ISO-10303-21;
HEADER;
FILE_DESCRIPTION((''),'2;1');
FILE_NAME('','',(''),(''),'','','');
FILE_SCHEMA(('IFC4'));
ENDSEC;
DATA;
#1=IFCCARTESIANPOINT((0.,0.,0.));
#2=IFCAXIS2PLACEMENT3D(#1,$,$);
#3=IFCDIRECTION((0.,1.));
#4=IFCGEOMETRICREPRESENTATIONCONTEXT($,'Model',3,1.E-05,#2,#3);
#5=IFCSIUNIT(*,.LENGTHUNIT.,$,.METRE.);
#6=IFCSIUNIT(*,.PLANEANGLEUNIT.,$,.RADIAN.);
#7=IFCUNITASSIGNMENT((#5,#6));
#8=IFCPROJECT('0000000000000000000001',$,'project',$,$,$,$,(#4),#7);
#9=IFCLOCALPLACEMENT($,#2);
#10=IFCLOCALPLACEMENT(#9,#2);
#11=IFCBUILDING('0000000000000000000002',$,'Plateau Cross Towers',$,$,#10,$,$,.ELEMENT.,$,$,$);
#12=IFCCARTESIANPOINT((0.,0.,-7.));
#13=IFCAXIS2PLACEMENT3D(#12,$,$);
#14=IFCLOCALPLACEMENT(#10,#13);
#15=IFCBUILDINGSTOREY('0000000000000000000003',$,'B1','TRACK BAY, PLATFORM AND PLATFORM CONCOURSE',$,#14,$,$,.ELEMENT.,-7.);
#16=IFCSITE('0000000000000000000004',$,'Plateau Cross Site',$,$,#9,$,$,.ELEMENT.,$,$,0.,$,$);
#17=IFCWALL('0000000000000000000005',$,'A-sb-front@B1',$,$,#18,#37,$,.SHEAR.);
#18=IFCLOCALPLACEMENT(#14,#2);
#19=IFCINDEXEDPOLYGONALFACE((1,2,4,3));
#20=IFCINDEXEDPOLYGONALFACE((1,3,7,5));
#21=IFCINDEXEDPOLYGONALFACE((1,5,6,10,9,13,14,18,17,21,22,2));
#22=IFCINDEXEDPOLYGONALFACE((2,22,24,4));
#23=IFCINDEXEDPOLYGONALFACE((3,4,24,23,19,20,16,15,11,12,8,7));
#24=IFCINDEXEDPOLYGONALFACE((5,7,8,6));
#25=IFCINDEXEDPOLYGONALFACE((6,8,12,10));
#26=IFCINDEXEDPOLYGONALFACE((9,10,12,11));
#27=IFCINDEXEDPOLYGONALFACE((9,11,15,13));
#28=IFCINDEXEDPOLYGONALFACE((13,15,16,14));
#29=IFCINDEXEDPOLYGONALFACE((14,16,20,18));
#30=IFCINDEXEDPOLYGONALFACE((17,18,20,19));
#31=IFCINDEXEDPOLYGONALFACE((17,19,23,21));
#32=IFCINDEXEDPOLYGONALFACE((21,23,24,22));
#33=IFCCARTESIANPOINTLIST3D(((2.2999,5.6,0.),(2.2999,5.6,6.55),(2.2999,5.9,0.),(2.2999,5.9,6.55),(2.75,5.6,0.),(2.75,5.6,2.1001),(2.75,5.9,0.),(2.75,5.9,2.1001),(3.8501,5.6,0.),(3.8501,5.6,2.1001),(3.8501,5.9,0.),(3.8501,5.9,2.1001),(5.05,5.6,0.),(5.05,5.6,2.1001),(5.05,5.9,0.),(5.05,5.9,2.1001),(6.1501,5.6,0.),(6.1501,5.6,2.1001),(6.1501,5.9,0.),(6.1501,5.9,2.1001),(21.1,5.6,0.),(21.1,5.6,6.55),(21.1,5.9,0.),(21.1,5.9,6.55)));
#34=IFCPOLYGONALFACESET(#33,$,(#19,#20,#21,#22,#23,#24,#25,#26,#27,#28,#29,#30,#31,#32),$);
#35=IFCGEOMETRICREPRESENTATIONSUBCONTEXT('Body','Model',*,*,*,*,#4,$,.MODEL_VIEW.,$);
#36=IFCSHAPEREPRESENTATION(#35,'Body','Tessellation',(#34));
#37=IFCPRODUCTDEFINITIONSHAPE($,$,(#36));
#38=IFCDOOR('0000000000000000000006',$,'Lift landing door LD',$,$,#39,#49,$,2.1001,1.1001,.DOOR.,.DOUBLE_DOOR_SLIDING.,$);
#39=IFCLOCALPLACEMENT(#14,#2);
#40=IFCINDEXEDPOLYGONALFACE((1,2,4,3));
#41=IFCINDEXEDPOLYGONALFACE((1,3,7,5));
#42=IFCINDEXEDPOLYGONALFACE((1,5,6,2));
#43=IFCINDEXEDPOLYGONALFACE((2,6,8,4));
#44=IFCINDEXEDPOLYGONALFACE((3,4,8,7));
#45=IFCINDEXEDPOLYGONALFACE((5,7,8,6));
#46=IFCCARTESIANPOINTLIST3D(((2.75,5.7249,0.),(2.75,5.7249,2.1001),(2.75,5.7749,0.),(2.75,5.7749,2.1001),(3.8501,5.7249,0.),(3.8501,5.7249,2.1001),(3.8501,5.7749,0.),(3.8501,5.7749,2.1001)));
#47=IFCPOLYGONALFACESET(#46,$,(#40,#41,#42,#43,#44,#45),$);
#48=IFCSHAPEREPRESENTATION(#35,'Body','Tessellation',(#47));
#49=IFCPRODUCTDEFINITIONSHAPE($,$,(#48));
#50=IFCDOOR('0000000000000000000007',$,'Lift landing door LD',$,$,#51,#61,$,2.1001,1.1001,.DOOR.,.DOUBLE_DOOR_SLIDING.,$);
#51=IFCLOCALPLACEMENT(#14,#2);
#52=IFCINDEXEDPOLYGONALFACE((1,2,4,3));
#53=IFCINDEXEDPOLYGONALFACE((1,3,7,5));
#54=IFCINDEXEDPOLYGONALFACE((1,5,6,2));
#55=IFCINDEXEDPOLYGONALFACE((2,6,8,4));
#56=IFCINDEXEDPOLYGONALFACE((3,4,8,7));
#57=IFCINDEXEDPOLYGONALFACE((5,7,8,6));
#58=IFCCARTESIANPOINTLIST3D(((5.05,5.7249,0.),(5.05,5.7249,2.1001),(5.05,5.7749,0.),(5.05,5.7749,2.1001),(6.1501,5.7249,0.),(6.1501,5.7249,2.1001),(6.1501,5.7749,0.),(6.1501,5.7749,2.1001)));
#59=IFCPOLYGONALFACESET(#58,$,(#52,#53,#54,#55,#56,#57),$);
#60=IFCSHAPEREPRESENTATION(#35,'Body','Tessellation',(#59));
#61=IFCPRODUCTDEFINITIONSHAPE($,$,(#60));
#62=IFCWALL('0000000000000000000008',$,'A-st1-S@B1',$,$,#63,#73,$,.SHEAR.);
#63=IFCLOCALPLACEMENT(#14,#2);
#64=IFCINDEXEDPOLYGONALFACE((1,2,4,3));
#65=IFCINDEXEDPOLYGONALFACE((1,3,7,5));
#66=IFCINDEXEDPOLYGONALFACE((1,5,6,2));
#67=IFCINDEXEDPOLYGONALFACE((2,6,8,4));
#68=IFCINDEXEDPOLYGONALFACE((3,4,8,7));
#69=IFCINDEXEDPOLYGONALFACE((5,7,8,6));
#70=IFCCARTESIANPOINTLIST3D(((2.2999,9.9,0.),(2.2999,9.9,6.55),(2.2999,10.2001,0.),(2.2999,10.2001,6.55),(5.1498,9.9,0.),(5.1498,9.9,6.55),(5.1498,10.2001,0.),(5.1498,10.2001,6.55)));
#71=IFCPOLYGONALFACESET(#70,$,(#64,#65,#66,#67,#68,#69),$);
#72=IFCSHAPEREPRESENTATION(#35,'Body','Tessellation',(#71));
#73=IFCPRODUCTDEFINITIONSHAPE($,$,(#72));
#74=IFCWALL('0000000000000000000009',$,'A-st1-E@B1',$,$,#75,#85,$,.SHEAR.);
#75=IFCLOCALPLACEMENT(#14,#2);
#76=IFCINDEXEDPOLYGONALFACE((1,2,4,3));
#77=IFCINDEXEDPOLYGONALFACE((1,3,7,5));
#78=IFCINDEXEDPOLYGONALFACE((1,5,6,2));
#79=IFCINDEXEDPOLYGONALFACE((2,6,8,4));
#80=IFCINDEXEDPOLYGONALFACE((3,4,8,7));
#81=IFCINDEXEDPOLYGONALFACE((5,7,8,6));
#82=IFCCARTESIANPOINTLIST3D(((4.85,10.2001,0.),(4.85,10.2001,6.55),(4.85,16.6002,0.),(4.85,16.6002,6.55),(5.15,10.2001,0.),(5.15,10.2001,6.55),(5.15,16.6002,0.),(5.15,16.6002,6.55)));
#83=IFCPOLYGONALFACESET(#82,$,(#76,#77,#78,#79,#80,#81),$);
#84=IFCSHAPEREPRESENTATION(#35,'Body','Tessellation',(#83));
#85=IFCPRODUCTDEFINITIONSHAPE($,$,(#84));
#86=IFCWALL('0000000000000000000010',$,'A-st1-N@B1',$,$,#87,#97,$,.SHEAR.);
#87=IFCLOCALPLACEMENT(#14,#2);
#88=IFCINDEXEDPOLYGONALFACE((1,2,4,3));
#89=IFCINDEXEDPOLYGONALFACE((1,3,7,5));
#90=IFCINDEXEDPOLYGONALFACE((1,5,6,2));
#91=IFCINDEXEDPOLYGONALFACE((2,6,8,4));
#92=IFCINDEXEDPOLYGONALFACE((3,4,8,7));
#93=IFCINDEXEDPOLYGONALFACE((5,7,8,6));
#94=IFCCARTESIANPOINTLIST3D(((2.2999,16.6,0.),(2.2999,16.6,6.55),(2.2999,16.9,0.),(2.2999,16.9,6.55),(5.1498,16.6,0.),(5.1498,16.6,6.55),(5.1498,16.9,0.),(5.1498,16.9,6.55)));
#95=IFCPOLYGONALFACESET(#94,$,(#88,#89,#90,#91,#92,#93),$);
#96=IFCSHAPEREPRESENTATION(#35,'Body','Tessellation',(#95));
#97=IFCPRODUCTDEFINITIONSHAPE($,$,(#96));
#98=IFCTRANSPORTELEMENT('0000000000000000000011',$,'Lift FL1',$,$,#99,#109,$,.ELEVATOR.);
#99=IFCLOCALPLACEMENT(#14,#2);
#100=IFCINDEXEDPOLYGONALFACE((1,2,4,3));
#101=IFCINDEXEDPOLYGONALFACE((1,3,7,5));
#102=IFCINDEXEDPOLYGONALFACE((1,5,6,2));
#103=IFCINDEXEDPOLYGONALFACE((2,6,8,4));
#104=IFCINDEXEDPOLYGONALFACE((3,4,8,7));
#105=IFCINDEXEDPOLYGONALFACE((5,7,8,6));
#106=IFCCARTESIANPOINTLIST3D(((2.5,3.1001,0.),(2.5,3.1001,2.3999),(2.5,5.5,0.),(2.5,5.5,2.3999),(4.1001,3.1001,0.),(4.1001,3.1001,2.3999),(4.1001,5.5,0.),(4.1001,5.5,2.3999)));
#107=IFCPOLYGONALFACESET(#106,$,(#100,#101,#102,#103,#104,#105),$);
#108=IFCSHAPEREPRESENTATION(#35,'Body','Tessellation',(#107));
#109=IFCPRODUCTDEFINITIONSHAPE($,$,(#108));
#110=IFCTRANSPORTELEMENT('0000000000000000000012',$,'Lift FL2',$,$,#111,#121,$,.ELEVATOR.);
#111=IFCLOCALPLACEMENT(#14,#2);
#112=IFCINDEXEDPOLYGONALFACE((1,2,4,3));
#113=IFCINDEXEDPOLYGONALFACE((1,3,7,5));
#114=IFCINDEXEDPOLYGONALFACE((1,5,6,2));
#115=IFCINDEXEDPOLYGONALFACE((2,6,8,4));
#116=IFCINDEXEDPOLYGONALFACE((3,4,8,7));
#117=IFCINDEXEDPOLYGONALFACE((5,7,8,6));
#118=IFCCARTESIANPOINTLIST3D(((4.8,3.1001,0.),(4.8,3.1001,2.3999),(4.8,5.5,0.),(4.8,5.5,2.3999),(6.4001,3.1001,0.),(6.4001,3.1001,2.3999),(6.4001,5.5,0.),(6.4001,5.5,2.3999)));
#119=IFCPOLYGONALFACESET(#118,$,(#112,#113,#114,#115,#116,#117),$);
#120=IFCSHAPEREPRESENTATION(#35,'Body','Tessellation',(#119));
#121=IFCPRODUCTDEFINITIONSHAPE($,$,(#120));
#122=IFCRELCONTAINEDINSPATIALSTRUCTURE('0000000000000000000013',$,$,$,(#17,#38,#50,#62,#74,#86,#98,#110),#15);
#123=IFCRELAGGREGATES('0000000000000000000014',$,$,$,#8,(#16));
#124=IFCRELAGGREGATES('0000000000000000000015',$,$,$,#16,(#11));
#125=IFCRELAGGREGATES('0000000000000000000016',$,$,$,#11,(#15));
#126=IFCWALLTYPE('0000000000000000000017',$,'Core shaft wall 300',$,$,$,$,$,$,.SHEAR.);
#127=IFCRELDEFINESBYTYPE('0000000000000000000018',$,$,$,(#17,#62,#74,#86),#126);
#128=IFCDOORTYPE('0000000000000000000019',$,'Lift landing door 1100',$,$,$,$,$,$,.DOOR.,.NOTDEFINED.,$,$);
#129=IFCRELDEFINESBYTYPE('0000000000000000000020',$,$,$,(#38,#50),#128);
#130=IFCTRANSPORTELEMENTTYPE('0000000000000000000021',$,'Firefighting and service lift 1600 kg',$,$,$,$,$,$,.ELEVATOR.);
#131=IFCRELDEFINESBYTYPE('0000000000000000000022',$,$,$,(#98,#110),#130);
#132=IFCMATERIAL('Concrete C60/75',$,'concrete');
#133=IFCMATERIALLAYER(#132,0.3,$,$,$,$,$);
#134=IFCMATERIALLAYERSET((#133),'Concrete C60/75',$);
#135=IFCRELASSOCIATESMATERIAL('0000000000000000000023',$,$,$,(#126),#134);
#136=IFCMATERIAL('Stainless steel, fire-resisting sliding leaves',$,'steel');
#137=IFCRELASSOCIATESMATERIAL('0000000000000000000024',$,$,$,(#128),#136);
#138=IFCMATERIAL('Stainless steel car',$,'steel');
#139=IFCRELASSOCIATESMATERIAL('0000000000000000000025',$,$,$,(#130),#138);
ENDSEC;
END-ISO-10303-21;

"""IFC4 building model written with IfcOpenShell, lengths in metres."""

from ifc_helpers import new_model, si_unit, direction, frame, frame_2d, origin, origin_2d, place, context, subcontext, project, spatial, rectangle, extrude, material, layer, layer_set, type_object, element, fill, save


model = new_model("IFC4")

# Units and contexts
model_context = context("Model", 3, precision=1e-05, world=origin(), true_north=direction((0.0, 1.0)))
body_context = subcontext(model_context, "Body", "Model", "MODEL_VIEW")
ifc_project = project(units=[si_unit("LENGTHUNIT", "METRE"), si_unit("PLANEANGLEUNIT", "RADIAN")], contexts=[model_context])

# Site, building, storey
site_placement = place(None, origin())
site = spatial("IfcSite", under=ifc_project, at=site_placement, Name="Plateau Cross Site", CompositionType="ELEMENT", RefElevation=0.0)
building_placement = place(site_placement, origin())
building = spatial("IfcBuilding", under=site, at=building_placement, Name="Plateau Cross Towers", CompositionType="ELEMENT")
storey_placement = place(building_placement, frame((0.0, 0.0, -7.0)))
storey = spatial("IfcBuildingStorey", under=building, at=storey_placement, Name="B1", Description="TRACK BAY, PLATFORM AND PLATFORM CONCOURSE", CompositionType="ELEMENT", Elevation=-7.0)

# Wall, openings, doors
ifc_material_1 = material(Name="Concrete C60/75", Category="concrete")
ifc_layer_1 = layer(ifc_material_1, 0.3)
ifc_layer_set_1 = layer_set([ifc_layer_1], Name="Concrete C60/75")
wall_type_1 = type_object("IfcWallType", Name="Core shaft wall 300", PredefinedType="SHEAR", material=ifc_layer_set_1)
wall_1_placement = place(storey_placement, frame((2.3, 5.75, 0.0), z_axis=(0.0, 0.0, 1.0), x_axis=(1.0, 0.0, 0.0)))
wall_1 = element("IfcWall", 1, at=wall_1_placement, inside=storey, type_object=wall_type_1, Name="A-sb-front@B1", PredefinedType="SHEAR", context=body_context, shape_type="SweptSolid", body=[
    extrude(rectangle(XDim=18.8, YDim=0.3, at=frame_2d((9.3999, 0.0))), origin(), (0.0, 0.0, 1.0), 6.55),
])
opening_1_placement = place(wall_1_placement, frame((0.45, 0.0, 0.0)))
opening_1 = element("IfcOpeningElement", 2, at=opening_1_placement, cuts=wall_1, PredefinedType="OPENING", context=body_context, shape_type="SweptSolid", body=[
    extrude(rectangle(XDim=1.1001, YDim=2.1001, at=frame_2d((0.55, 1.05))), frame((0.0, 0.1599, 0.0), z_axis=(0.0, -1.0, 0.0), x_axis=(1.0, 0.0, 0.0)), (0.0, 0.0, 1.0), 0.3201),
])
opening_2_placement = place(wall_1_placement, frame((2.75, 0.0, 0.0)))
opening_2 = element("IfcOpeningElement", 3, at=opening_2_placement, cuts=wall_1, PredefinedType="OPENING", context=body_context, shape_type="SweptSolid", body=[
    extrude(rectangle(XDim=1.1001, YDim=2.1001, at=frame_2d((0.55, 1.05))), frame((0.0, 0.1599, 0.0), z_axis=(0.0, -1.0, 0.0), x_axis=(1.0, 0.0, 0.0)), (0.0, 0.0, 1.0), 0.3201),
])
ifc_material_2 = material(Name="Stainless steel, fire-resisting sliding leaves", Category="steel")
door_type_1 = type_object("IfcDoorType", Name="Lift landing door 1100", OperationType="NOTDEFINED", PredefinedType="DOOR", material=ifc_material_2)
door_1_placement = place(opening_1_placement, origin())
door_1 = element("IfcDoor", 4, at=door_1_placement, inside=storey, type_object=door_type_1, Name="Lift landing door LD", OperationType="DOUBLE_DOOR_SLIDING", OverallHeight=2.1001, OverallWidth=1.1001, PredefinedType="DOOR", context=body_context, shape_type="SweptSolid", body=[
    extrude(rectangle(XDim=1.1001, YDim=2.1001, at=frame_2d((0.55, 1.05))), frame((0.0, 0.0249, 0.0), z_axis=(0.0, -1.0, 0.0), x_axis=(1.0, 0.0, 0.0)), (0.0, 0.0, 1.0), 0.05),
])
fill(opening_1, door_1)
door_2_placement = place(opening_2_placement, origin())
door_2 = element("IfcDoor", 5, at=door_2_placement, inside=storey, type_object=door_type_1, Name="Lift landing door LD", OperationType="DOUBLE_DOOR_SLIDING", OverallHeight=2.1001, OverallWidth=1.1001, PredefinedType="DOOR", context=body_context, shape_type="SweptSolid", body=[
    extrude(rectangle(XDim=1.1001, YDim=2.1001, at=frame_2d((0.55, 1.05))), frame((0.0, 0.0249, 0.0), z_axis=(0.0, -1.0, 0.0), x_axis=(1.0, 0.0, 0.0)), (0.0, 0.0, 1.0), 0.05),
])
fill(opening_2, door_2)

# Walls
wall_2_placement = place(storey_placement, frame((2.3, 10.05, 0.0), z_axis=(0.0, 0.0, 1.0), x_axis=(1.0, 0.0, 0.0)))
element("IfcWall", 6, at=wall_2_placement, inside=storey, type_object=wall_type_1, Name="A-st1-S@B1", PredefinedType="SHEAR", context=body_context, shape_type="SweptSolid", body=[
    extrude(rectangle(XDim=2.8499, YDim=0.3, at=frame_2d((1.4248, 0.0))), origin(), (0.0, 0.0, 1.0), 6.55),
])
wall_3_placement = place(storey_placement, frame((5.0, 10.2, 0.0), z_axis=(0.0, 0.0, 1.0), x_axis=(0.0, 1.0, 0.0)))
element("IfcWall", 7, at=wall_3_placement, inside=storey, type_object=wall_type_1, Name="A-st1-E@B1", PredefinedType="SHEAR", context=body_context, shape_type="SweptSolid", body=[
    extrude(rectangle(XDim=6.4001, YDim=0.3, at=frame_2d((3.2002, 0.0))), origin(), (0.0, 0.0, 1.0), 6.55),
])
wall_4_placement = place(storey_placement, frame((2.3, 16.75, 0.0), z_axis=(0.0, 0.0, 1.0), x_axis=(1.0, 0.0, 0.0)))
element("IfcWall", 8, at=wall_4_placement, inside=storey, type_object=wall_type_1, Name="A-st1-N@B1", PredefinedType="SHEAR", context=body_context, shape_type="SweptSolid", body=[
    extrude(rectangle(XDim=2.8499, YDim=0.3, at=frame_2d((1.4248, 0.0))), origin(), (0.0, 0.0, 1.0), 6.55),
])

# Transport elements
ifc_material_3 = material(Name="Stainless steel car", Category="steel")
transport_element_type = type_object("IfcTransportElementType", Name="Firefighting and service lift 1600 kg", PredefinedType="ELEVATOR", material=ifc_material_3)
for number, where, z_axis, x_axis, name in (
    (9, (3.3, 4.3, 0.0), (0.0, 0.0, 1.0), (1.0, 0.0, 0.0), "Lift FL1"),
    (10, (5.6001, 4.3, 0.0), (0.0, 0.0, 1.0), (1.0, 0.0, 0.0), "Lift FL2"),
):
    element("IfcTransportElement", number, at=place(storey_placement, frame(where, z_axis=z_axis, x_axis=x_axis)), inside=storey, type_object=transport_element_type, Name=name, PredefinedType="ELEVATOR", context=body_context, shape_type="SweptSolid", body=[
        extrude(rectangle(XDim=1.6001, YDim=2.3999, at=origin_2d()), origin(), (0.0, 0.0, 1.0), 2.3999),
    ])

save(model, "model.ifc")
